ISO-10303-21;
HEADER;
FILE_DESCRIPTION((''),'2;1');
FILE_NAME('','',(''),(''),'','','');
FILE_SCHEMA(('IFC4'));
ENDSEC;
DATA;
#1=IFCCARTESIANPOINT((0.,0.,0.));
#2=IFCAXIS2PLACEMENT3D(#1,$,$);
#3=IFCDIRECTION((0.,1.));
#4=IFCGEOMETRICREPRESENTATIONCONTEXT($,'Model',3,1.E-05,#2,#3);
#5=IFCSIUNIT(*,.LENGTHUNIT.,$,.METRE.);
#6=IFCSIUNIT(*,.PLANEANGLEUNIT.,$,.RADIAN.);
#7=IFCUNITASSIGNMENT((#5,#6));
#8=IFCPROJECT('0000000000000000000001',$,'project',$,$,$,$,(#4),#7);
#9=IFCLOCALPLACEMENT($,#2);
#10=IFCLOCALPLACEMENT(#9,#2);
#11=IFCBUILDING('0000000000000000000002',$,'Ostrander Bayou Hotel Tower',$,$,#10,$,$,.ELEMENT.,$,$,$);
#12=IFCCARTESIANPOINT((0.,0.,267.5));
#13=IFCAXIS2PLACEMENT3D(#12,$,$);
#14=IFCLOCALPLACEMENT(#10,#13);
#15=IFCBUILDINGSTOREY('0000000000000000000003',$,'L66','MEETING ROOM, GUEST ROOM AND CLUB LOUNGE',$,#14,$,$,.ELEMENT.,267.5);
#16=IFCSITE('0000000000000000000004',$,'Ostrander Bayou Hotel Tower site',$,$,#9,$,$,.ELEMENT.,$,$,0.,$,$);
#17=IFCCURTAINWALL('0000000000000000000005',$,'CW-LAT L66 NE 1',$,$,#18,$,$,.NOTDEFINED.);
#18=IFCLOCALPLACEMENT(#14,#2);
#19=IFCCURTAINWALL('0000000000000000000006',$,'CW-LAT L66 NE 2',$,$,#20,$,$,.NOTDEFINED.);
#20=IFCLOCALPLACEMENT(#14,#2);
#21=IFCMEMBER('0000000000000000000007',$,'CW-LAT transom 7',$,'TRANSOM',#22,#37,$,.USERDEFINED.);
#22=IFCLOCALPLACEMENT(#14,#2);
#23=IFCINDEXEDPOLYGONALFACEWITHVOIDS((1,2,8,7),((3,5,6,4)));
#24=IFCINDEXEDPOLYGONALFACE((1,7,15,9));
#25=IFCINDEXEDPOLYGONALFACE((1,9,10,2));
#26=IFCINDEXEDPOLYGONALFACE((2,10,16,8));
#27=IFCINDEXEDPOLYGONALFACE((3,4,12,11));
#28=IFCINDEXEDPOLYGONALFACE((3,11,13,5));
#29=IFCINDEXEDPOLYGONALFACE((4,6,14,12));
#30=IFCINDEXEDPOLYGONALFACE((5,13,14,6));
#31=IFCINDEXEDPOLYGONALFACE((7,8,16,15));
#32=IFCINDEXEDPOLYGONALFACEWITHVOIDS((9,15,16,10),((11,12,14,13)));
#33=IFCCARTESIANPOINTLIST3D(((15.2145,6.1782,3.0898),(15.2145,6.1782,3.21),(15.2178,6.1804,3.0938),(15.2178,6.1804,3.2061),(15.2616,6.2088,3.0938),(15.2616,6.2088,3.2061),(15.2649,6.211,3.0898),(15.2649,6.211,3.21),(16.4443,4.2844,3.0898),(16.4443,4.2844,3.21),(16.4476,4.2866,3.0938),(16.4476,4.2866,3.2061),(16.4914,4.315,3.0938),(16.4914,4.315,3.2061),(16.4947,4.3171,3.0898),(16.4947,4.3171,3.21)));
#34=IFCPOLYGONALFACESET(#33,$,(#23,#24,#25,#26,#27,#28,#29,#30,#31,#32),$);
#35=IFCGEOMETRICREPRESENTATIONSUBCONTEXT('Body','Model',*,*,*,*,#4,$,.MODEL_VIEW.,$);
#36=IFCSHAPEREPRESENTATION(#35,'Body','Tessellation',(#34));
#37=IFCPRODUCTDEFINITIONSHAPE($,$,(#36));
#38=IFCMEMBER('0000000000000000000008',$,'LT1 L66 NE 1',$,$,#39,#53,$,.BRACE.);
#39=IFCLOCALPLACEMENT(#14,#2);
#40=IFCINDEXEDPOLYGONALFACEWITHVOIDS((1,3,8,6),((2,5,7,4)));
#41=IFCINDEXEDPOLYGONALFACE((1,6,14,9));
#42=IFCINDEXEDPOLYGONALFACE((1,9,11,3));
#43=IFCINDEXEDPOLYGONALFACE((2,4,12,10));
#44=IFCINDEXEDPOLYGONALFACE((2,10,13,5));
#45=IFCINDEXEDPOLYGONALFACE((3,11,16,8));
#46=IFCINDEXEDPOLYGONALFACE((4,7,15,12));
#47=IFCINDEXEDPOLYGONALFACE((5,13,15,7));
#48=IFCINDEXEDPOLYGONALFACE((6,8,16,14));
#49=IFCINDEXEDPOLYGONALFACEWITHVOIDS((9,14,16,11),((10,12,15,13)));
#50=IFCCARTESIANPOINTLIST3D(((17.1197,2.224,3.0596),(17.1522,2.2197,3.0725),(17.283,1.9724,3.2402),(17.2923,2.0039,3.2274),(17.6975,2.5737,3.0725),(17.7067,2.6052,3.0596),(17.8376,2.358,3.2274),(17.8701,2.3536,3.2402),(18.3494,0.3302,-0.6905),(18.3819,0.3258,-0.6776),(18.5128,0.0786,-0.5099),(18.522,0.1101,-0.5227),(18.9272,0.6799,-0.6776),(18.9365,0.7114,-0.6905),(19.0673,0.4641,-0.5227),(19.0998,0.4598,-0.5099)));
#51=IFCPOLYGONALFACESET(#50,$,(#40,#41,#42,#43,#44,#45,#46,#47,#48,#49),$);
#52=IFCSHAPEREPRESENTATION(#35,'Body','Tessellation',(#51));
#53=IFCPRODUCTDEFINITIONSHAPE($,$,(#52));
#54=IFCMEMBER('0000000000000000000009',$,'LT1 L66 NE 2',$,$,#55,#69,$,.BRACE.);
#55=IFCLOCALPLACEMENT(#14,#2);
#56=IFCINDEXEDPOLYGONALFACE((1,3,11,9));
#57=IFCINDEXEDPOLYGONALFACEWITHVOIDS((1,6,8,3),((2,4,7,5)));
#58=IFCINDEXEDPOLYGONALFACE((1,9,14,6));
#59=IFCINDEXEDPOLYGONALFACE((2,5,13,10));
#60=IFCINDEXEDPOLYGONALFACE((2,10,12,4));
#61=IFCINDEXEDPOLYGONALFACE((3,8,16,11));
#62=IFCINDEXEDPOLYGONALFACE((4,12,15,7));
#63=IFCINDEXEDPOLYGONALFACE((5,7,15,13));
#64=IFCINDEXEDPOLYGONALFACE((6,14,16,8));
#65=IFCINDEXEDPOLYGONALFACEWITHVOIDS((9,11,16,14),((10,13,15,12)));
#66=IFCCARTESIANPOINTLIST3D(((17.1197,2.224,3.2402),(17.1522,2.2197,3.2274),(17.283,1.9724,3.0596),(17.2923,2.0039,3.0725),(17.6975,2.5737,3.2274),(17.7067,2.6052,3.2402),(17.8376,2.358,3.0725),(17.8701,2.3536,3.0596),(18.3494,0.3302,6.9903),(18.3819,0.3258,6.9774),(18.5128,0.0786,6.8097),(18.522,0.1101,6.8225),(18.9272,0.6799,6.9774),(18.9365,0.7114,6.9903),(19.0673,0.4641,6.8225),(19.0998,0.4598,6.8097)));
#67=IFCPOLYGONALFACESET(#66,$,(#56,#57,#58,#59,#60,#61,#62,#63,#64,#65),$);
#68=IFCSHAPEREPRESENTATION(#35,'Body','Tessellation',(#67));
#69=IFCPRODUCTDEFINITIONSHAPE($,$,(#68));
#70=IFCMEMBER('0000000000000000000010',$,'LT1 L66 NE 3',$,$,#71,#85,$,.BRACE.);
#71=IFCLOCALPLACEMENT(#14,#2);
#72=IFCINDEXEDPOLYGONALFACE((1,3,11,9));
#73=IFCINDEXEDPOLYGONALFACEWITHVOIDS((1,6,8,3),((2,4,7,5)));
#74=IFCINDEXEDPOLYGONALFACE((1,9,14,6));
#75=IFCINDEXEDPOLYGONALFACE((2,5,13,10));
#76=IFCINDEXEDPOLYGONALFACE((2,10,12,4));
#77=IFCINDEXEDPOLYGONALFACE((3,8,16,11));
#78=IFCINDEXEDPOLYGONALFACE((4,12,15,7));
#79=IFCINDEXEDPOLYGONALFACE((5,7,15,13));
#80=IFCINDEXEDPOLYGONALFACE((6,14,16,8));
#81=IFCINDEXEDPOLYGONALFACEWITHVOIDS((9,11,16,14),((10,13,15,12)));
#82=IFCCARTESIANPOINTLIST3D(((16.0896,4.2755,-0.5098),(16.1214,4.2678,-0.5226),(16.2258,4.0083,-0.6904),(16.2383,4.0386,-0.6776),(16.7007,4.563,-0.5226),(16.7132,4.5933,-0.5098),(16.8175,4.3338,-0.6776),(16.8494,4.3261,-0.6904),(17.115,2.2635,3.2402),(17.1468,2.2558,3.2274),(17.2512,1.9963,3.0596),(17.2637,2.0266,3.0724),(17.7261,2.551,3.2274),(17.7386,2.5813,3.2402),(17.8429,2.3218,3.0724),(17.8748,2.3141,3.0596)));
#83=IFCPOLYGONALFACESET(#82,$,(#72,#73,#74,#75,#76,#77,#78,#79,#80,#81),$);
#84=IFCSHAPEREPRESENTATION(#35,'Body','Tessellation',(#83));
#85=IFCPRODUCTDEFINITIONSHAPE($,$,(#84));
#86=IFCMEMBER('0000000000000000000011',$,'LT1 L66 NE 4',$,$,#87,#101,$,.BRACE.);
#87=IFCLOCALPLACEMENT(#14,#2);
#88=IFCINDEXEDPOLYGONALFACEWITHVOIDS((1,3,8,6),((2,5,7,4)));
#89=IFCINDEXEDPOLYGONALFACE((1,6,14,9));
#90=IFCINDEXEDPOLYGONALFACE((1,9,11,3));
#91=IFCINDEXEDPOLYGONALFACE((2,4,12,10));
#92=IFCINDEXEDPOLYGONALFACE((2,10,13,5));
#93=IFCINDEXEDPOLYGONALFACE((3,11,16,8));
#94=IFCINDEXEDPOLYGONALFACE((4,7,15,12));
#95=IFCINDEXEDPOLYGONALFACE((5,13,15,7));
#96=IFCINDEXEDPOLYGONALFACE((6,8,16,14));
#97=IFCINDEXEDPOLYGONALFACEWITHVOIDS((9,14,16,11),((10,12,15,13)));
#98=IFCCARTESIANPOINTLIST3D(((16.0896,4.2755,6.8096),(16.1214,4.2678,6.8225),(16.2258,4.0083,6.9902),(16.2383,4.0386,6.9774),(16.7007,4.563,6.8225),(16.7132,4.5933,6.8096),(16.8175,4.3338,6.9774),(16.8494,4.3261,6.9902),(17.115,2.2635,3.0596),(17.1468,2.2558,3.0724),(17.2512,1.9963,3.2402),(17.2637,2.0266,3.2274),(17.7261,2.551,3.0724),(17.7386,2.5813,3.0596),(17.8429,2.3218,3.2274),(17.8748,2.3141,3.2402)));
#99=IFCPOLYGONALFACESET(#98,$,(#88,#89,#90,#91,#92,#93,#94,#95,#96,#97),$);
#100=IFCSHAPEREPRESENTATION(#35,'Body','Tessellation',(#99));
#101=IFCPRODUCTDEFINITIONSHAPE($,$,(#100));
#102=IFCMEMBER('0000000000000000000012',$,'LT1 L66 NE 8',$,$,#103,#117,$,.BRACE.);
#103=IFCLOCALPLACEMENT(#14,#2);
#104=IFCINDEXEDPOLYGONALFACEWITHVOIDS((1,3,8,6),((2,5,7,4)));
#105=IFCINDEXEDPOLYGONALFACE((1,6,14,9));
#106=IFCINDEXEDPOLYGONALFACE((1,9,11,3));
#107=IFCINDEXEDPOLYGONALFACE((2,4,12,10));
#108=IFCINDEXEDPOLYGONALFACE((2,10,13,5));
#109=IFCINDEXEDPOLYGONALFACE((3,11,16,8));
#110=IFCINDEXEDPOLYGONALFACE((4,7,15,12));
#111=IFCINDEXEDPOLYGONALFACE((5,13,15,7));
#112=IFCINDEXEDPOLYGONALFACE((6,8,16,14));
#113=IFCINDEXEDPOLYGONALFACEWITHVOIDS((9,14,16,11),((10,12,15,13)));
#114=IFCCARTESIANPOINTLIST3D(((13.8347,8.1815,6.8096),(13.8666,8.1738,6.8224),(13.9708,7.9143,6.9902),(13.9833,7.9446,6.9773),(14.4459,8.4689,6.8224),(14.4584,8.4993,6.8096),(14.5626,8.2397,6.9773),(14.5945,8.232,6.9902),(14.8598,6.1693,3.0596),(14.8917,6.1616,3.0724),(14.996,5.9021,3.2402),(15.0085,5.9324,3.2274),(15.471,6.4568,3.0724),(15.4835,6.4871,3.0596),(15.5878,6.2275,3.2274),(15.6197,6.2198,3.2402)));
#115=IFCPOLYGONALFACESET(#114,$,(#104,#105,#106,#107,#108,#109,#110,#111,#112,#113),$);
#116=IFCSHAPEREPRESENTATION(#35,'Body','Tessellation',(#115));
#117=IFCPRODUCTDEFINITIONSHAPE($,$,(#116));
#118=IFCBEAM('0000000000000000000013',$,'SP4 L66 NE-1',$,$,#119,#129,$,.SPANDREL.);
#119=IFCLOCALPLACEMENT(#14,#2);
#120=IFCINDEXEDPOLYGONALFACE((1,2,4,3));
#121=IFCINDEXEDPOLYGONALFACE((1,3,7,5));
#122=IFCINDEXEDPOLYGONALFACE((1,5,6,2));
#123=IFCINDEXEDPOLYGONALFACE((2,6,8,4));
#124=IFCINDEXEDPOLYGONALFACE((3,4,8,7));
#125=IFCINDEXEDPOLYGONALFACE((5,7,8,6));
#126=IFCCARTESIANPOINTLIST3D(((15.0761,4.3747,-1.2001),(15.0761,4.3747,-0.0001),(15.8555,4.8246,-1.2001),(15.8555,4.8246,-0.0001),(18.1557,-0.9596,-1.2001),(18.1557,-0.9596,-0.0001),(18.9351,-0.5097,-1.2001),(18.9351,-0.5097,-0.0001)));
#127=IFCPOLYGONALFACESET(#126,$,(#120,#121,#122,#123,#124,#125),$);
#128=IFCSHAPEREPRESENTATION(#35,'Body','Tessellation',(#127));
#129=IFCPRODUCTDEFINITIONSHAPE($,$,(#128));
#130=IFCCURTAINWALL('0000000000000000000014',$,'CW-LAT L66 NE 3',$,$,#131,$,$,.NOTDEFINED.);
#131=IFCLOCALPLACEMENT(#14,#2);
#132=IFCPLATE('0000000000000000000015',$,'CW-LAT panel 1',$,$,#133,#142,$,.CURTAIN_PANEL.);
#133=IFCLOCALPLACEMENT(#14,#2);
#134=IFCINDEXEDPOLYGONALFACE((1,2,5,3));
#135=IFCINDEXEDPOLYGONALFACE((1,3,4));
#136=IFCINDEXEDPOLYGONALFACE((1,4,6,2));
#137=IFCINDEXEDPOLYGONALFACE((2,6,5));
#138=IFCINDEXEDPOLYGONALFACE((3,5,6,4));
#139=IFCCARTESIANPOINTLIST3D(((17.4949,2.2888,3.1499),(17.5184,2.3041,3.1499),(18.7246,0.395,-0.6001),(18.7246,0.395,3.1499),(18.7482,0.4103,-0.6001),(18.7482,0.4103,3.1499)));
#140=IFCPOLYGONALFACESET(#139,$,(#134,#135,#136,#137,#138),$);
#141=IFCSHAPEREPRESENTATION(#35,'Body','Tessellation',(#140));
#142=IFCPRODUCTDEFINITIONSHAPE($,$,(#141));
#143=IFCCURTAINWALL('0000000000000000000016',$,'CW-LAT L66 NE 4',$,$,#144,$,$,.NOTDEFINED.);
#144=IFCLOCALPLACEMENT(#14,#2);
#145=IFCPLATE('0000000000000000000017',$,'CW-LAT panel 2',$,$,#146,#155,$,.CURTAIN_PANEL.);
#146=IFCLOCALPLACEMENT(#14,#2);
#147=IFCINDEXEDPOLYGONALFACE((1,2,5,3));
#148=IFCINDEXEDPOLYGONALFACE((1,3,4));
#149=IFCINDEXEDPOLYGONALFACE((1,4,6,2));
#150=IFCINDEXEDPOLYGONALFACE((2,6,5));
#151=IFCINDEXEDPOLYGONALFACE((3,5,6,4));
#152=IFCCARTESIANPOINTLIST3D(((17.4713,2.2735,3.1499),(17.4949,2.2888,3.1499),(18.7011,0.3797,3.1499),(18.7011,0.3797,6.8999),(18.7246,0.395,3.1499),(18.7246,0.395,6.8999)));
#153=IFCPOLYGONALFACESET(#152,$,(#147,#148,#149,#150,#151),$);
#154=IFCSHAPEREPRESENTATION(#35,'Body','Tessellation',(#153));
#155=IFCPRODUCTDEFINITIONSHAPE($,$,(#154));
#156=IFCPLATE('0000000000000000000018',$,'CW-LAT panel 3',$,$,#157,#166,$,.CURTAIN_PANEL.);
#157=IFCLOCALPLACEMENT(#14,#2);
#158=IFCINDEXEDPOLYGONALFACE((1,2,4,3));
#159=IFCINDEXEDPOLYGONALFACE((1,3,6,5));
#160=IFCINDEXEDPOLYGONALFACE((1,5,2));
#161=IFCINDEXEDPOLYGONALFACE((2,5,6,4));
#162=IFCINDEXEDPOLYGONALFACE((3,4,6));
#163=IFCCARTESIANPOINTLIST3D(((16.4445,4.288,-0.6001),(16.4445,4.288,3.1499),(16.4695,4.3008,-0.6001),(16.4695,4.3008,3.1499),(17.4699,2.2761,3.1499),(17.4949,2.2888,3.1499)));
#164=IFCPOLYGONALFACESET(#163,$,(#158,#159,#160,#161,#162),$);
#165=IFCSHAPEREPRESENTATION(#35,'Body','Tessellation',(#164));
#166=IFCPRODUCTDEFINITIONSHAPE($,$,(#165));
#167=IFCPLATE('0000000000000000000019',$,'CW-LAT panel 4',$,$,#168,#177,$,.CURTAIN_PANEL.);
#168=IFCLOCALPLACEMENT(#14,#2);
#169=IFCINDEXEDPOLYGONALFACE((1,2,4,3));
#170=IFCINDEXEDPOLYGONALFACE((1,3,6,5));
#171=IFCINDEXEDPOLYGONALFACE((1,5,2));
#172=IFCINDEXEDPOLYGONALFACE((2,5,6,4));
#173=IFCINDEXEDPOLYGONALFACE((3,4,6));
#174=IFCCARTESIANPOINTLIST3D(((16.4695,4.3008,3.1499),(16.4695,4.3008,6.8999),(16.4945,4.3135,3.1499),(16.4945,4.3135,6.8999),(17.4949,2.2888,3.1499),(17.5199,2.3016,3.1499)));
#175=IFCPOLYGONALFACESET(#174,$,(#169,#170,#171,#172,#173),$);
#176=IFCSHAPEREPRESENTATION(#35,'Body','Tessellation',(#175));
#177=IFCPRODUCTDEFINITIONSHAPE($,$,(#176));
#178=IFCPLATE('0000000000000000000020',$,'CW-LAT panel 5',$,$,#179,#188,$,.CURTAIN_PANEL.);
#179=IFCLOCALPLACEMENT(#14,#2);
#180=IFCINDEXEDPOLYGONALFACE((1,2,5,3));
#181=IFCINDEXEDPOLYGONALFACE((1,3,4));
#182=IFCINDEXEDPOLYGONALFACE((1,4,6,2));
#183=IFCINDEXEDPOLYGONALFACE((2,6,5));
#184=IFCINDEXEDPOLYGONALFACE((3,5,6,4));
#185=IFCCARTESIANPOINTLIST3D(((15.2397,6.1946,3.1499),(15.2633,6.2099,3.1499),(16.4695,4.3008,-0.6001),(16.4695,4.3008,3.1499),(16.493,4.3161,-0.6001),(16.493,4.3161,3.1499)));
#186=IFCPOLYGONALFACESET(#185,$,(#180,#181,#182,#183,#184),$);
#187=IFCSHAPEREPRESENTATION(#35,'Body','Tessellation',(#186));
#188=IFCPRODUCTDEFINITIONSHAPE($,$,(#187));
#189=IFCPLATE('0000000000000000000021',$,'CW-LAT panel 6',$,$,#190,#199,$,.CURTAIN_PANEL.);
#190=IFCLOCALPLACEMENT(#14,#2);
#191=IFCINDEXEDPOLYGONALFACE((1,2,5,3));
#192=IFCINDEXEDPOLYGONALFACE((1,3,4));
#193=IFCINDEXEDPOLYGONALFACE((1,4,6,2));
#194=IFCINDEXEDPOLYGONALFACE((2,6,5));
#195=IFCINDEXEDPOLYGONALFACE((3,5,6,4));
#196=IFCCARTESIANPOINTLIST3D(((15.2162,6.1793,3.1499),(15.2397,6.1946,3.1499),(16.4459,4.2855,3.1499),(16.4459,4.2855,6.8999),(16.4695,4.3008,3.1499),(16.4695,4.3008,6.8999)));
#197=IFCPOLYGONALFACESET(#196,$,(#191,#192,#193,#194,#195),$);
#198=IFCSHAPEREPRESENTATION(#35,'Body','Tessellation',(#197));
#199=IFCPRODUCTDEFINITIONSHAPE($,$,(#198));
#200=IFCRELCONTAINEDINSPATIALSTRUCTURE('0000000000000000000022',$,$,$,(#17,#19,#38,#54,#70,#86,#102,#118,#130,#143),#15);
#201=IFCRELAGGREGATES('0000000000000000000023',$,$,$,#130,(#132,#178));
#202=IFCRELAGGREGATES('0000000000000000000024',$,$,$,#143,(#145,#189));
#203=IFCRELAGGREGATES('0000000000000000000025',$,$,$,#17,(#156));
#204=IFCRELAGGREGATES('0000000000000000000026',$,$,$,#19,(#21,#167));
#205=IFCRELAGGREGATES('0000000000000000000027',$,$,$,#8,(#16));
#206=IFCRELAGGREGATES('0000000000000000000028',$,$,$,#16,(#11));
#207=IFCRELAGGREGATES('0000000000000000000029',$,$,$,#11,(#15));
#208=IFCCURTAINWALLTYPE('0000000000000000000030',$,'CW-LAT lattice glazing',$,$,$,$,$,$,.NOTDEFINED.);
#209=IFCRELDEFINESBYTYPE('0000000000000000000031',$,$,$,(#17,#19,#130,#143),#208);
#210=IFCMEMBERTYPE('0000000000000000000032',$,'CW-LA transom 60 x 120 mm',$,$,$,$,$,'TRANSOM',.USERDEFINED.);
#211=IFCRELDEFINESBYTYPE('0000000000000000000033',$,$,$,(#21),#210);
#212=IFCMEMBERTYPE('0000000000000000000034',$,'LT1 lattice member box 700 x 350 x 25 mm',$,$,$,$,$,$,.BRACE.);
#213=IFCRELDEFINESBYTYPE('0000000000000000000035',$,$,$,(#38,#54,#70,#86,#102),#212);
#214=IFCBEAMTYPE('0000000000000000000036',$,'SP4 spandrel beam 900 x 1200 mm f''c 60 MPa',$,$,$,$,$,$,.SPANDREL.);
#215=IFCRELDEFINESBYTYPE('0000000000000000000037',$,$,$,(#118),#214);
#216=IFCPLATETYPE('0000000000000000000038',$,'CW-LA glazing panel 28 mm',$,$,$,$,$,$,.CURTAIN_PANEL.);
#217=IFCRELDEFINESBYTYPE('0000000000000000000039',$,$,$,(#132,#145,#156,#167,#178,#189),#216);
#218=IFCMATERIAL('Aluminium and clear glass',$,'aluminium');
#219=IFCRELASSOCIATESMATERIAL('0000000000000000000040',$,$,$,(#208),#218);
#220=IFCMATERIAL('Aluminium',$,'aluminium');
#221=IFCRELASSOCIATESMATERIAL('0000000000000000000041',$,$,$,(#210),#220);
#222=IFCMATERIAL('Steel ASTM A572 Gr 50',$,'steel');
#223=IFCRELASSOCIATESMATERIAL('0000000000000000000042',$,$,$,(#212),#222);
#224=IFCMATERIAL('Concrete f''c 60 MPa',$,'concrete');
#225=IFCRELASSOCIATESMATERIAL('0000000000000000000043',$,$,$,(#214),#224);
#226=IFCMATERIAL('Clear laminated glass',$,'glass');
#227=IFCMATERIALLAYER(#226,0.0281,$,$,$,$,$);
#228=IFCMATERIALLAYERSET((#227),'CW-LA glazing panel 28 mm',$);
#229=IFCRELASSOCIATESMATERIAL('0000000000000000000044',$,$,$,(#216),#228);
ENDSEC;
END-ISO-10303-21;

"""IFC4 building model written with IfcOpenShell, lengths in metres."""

from ifc_helpers import new_model, si_unit, direction, frame, origin, origin_2d, place, context, subcontext, project, spatial, polyline, rectangle, hollow_rectangle, outline, extrude, material, layer, layer_set, material_profile, profile_set, type_object, element, aggregate, save


model = new_model("IFC4")

# Units and contexts
model_context = context("Model", 3, precision=1e-05, world=origin(), true_north=direction((0.0, 1.0)))
body_context = subcontext(model_context, "Body", "Model", "MODEL_VIEW")
ifc_project = project(units=[si_unit("LENGTHUNIT", "METRE"), si_unit("PLANEANGLEUNIT", "RADIAN")], contexts=[model_context])

# Site, building, storey
site_placement = place(None, origin())
site = spatial("IfcSite", under=ifc_project, at=site_placement, Name="Ostrander Bayou Hotel Tower site", CompositionType="ELEMENT", RefElevation=0.0)
building_placement = place(site_placement, origin())
building = spatial("IfcBuilding", under=site, at=building_placement, Name="Ostrander Bayou Hotel Tower", CompositionType="ELEMENT")
storey_placement = place(building_placement, frame((0.0, 0.0, 267.5)))
storey = spatial("IfcBuildingStorey", under=building, at=storey_placement, Name="L66", Description="MEETING ROOM, GUEST ROOM AND CLUB LOUNGE", CompositionType="ELEMENT", Elevation=267.5)

# Curtain wall
ifc_material_1 = material(Name="Aluminium and clear glass", Category="aluminium")
curtain_wall_type = type_object("IfcCurtainWallType", Name="CW-LAT lattice glazing", PredefinedType="NOTDEFINED", material=ifc_material_1)
curtain_wall_1_placement = place(storey_placement, origin())
curtain_wall_1 = element("IfcCurtainWall", 1, at=curtain_wall_1_placement, inside=storey, type_object=curtain_wall_type, Name="CW-LAT L66 NE 1", PredefinedType="NOTDEFINED")

# Shared definitions
ifc_material_2 = material(Name="Aluminium", Category="aluminium")
ifc_material_profile_1 = material_profile(ifc_material_2, hollow_rectangle(XDim=0.0601, YDim=0.1201, WallThickness=0.0039, at=origin_2d()))
ifc_profile_set_1 = profile_set([ifc_material_profile_1], Name="Aluminium")
member_type_1 = type_object("IfcMemberType", Name="CW-LA transom 60 x 120 mm", ElementType="TRANSOM", PredefinedType="USERDEFINED", material=ifc_profile_set_1)

# Curtain wall, member
curtain_wall_2_placement = place(storey_placement, origin())
curtain_wall_2 = element("IfcCurtainWall", 2, at=curtain_wall_2_placement, inside=storey, type_object=curtain_wall_type, Name="CW-LAT L66 NE 2", PredefinedType="NOTDEFINED")
member_1_placement = place(storey_placement, frame((16.4695, 4.3008, 3.1499), z_axis=(-0.544604, 0.838693, 0.0), x_axis=(-0.838693, -0.544604, 0.0)))
member_1 = element("IfcMember", 3, at=member_1_placement, type_object=member_type_1, Name="CW-LAT transom 7", ObjectType="TRANSOM", PredefinedType="USERDEFINED", context=body_context, shape_type="SweptSolid", body=[
    extrude(hollow_rectangle(XDim=0.0601, YDim=0.1201, WallThickness=0.0039, at=origin_2d()), origin(), (0.0, 0.0, 1.0), 2.2581),
])

# Members
ifc_material_3 = material(Name="Steel ASTM A572 Gr 50", Category="steel")
ifc_material_profile_2 = material_profile(ifc_material_3, hollow_rectangle(XDim=0.7, YDim=0.3501, WallThickness=0.0249, at=origin_2d()))
ifc_profile_set_2 = profile_set([ifc_material_profile_2], Name="Steel ASTM A572 Gr 50")
member_type_2 = type_object("IfcMemberType", Name="LT1 lattice member box 700 x 350 x 25 mm", PredefinedType="BRACE", material=ifc_profile_set_2)
for number, where, z_axis, x_axis, name in (
    (4, (17.4949, 2.2888, 3.1499), (0.280931, -0.432636, -0.856682), (0.838693, 0.544604, 0.0), "LT1 L66 NE 1"),
    (5, (17.4949, 2.2888, 3.1499), (0.280931, -0.432636, 0.856682), (0.838693, 0.544604, 0.0), "LT1 L66 NE 2"),
    (6, (17.4949, 2.2888, 3.1499), (-0.234245, 0.459622, -0.856666), (-0.890963, -0.454076, 0.0), "LT1 L66 NE 3"),
    (7, (17.4949, 2.2888, 3.1499), (-0.234245, 0.459622, 0.856666), (-0.890963, -0.454076, 0.0), "LT1 L66 NE 4"),
    (8, (15.2397, 6.1946, 3.1499), (-0.234186, 0.459672, 0.856656), (-0.891029, -0.453947, 0.0), "LT1 L66 NE 8"),
):
    element("IfcMember", number, at=place(storey_placement, frame(where, z_axis=z_axis, x_axis=x_axis)), inside=storey, type_object=member_type_2, Name=name, PredefinedType="BRACE", context=body_context, shape_type="SweptSolid", body=[
        extrude(hollow_rectangle(XDim=0.7, YDim=0.3501, WallThickness=0.0249, at=origin_2d()), origin(), (0.0, 0.0, 1.0), 4.3774),
    ])

# Beam
ifc_material_4 = material(Name="Concrete f'c 60 MPa", Category="concrete")
ifc_material_profile_3 = material_profile(ifc_material_4, rectangle(XDim=0.8999, YDim=1.2, at=origin_2d()))
ifc_profile_set_3 = profile_set([ifc_material_profile_3], Name="Concrete f'c 60 MPa")
beam_type = type_object("IfcBeamType", Name="SP4 spandrel beam 900 x 1200 mm f'c 60 MPa", PredefinedType="SPANDREL", material=ifc_profile_set_3)
beam_placement = place(storey_placement, frame((18.5454, -0.7346, -0.6001), z_axis=(-0.499984, 0.866034, 0.0), x_axis=(-0.866034, -0.499984, 0.0)))
element("IfcBeam", 9, at=beam_placement, inside=storey, type_object=beam_type, Name="SP4 L66 NE-1", PredefinedType="SPANDREL", context=body_context, shape_type="SweptSolid", body=[
    extrude(rectangle(XDim=0.8999, YDim=1.2, at=origin_2d()), origin(), (0.0, 0.0, 1.0), 6.1594),
])

# Curtain walls, plates
curtain_wall_3_placement = place(storey_placement, origin())
curtain_wall_3 = element("IfcCurtainWall", 10, at=curtain_wall_3_placement, inside=storey, type_object=curtain_wall_type, Name="CW-LAT L66 NE 3", PredefinedType="NOTDEFINED")
ifc_material_5 = material(Name="Clear laminated glass", Category="glass")
ifc_layer_1 = layer(ifc_material_5, 0.0281)
ifc_layer_set_1 = layer_set([ifc_layer_1], Name="CW-LA glazing panel 28 mm")
plate_type = type_object("IfcPlateType", Name="CW-LA glazing panel 28 mm", PredefinedType="CURTAIN_PANEL", material=ifc_layer_set_1)
plate_1_placement = place(storey_placement, frame((17.4949, 2.2888, 3.1499), z_axis=(-0.838693, -0.544604, 0.0), x_axis=(0.280931, -0.432636, -0.856682)))
plate_1 = element("IfcPlate", 11, at=plate_1_placement, type_object=plate_type, Name="CW-LAT panel 1", PredefinedType="CURTAIN_PANEL", context=body_context, shape_type="SweptSolid", body=[
    extrude(outline(polyline([(0.0, 0.0), (4.3774, 0.0), (1.1648, 1.9344), (0.0, 0.0)])), origin(), (0.0, 0.0, -1.0), 0.0281),
])
curtain_wall_4_placement = place(storey_placement, origin())
curtain_wall_4 = element("IfcCurtainWall", 12, at=curtain_wall_4_placement, inside=storey, type_object=curtain_wall_type, Name="CW-LAT L66 NE 4", PredefinedType="NOTDEFINED")
plate_2_placement = place(storey_placement, frame((17.4949, 2.2888, 3.1499), z_axis=(0.838693, 0.544604, 0.0), x_axis=(0.280931, -0.432636, 0.856682)))
plate_2 = element("IfcPlate", 13, at=plate_2_placement, type_object=plate_type, Name="CW-LAT panel 2", PredefinedType="CURTAIN_PANEL", context=body_context, shape_type="SweptSolid", body=[
    extrude(outline(polyline([(0.0, 0.0), (4.3774, 0.0), (1.1648, 1.9344), (0.0, 0.0)])), origin(), (0.0, 0.0, -1.0), 0.0281),
])

# Plates
plate_3_placement = place(storey_placement, frame((17.4949, 2.2888, 3.1499), z_axis=(0.890963, 0.454076, 0.0), x_axis=(-0.234245, 0.459622, -0.856666)))
plate_3 = element("IfcPlate", 14, at=plate_3_placement, type_object=plate_type, Name="CW-LAT panel 3", PredefinedType="CURTAIN_PANEL", context=body_context, shape_type="SweptSolid", body=[
    extrude(outline(polyline([(0.0, 0.0), (4.3774, 0.0), (1.1649, 1.9345), (0.0, 0.0)])), origin(), (0.0, 0.0, -1.0), 0.0281),
])
plate_4_placement = place(storey_placement, frame((17.4949, 2.2888, 3.1499), z_axis=(-0.890963, -0.454076, 0.0), x_axis=(-0.234245, 0.459622, 0.856666)))
plate_4 = element("IfcPlate", 15, at=plate_4_placement, type_object=plate_type, Name="CW-LAT panel 4", PredefinedType="CURTAIN_PANEL", context=body_context, shape_type="SweptSolid", body=[
    extrude(outline(polyline([(0.0, 0.0), (4.3774, 0.0), (1.1649, 1.9345), (0.0, 0.0)])), origin(), (0.0, 0.0, -1.0), 0.0281),
])
plate_5_placement = place(storey_placement, frame((15.2397, 6.1946, 3.1499), z_axis=(-0.838693, -0.544604, 0.0), x_axis=(0.280931, -0.432636, -0.856682)))
plate_5 = element("IfcPlate", 16, at=plate_5_placement, type_object=plate_type, Name="CW-LAT panel 5", PredefinedType="CURTAIN_PANEL", context=body_context, shape_type="SweptSolid", body=[
    extrude(outline(polyline([(0.0, 0.0), (4.3774, 0.0), (1.1648, 1.9344), (0.0, 0.0)])), origin(), (0.0, 0.0, -1.0), 0.0281),
])
aggregate(curtain_wall_3, [plate_1, plate_5])
plate_6_placement = place(storey_placement, frame((15.2397, 6.1946, 3.1499), z_axis=(0.838693, 0.544604, 0.0), x_axis=(0.280931, -0.432636, 0.856682)))
plate_6 = element("IfcPlate", 17, at=plate_6_placement, type_object=plate_type, Name="CW-LAT panel 6", PredefinedType="CURTAIN_PANEL", context=body_context, shape_type="SweptSolid", body=[
    extrude(outline(polyline([(0.0, 0.0), (4.3774, 0.0), (1.1648, 1.9344), (0.0, 0.0)])), origin(), (0.0, 0.0, -1.0), 0.0281),
])
aggregate(curtain_wall_4, [plate_2, plate_6])
aggregate(curtain_wall_1, [plate_3])
aggregate(curtain_wall_2, [member_1, plate_4])

save(model, "model.ifc")
